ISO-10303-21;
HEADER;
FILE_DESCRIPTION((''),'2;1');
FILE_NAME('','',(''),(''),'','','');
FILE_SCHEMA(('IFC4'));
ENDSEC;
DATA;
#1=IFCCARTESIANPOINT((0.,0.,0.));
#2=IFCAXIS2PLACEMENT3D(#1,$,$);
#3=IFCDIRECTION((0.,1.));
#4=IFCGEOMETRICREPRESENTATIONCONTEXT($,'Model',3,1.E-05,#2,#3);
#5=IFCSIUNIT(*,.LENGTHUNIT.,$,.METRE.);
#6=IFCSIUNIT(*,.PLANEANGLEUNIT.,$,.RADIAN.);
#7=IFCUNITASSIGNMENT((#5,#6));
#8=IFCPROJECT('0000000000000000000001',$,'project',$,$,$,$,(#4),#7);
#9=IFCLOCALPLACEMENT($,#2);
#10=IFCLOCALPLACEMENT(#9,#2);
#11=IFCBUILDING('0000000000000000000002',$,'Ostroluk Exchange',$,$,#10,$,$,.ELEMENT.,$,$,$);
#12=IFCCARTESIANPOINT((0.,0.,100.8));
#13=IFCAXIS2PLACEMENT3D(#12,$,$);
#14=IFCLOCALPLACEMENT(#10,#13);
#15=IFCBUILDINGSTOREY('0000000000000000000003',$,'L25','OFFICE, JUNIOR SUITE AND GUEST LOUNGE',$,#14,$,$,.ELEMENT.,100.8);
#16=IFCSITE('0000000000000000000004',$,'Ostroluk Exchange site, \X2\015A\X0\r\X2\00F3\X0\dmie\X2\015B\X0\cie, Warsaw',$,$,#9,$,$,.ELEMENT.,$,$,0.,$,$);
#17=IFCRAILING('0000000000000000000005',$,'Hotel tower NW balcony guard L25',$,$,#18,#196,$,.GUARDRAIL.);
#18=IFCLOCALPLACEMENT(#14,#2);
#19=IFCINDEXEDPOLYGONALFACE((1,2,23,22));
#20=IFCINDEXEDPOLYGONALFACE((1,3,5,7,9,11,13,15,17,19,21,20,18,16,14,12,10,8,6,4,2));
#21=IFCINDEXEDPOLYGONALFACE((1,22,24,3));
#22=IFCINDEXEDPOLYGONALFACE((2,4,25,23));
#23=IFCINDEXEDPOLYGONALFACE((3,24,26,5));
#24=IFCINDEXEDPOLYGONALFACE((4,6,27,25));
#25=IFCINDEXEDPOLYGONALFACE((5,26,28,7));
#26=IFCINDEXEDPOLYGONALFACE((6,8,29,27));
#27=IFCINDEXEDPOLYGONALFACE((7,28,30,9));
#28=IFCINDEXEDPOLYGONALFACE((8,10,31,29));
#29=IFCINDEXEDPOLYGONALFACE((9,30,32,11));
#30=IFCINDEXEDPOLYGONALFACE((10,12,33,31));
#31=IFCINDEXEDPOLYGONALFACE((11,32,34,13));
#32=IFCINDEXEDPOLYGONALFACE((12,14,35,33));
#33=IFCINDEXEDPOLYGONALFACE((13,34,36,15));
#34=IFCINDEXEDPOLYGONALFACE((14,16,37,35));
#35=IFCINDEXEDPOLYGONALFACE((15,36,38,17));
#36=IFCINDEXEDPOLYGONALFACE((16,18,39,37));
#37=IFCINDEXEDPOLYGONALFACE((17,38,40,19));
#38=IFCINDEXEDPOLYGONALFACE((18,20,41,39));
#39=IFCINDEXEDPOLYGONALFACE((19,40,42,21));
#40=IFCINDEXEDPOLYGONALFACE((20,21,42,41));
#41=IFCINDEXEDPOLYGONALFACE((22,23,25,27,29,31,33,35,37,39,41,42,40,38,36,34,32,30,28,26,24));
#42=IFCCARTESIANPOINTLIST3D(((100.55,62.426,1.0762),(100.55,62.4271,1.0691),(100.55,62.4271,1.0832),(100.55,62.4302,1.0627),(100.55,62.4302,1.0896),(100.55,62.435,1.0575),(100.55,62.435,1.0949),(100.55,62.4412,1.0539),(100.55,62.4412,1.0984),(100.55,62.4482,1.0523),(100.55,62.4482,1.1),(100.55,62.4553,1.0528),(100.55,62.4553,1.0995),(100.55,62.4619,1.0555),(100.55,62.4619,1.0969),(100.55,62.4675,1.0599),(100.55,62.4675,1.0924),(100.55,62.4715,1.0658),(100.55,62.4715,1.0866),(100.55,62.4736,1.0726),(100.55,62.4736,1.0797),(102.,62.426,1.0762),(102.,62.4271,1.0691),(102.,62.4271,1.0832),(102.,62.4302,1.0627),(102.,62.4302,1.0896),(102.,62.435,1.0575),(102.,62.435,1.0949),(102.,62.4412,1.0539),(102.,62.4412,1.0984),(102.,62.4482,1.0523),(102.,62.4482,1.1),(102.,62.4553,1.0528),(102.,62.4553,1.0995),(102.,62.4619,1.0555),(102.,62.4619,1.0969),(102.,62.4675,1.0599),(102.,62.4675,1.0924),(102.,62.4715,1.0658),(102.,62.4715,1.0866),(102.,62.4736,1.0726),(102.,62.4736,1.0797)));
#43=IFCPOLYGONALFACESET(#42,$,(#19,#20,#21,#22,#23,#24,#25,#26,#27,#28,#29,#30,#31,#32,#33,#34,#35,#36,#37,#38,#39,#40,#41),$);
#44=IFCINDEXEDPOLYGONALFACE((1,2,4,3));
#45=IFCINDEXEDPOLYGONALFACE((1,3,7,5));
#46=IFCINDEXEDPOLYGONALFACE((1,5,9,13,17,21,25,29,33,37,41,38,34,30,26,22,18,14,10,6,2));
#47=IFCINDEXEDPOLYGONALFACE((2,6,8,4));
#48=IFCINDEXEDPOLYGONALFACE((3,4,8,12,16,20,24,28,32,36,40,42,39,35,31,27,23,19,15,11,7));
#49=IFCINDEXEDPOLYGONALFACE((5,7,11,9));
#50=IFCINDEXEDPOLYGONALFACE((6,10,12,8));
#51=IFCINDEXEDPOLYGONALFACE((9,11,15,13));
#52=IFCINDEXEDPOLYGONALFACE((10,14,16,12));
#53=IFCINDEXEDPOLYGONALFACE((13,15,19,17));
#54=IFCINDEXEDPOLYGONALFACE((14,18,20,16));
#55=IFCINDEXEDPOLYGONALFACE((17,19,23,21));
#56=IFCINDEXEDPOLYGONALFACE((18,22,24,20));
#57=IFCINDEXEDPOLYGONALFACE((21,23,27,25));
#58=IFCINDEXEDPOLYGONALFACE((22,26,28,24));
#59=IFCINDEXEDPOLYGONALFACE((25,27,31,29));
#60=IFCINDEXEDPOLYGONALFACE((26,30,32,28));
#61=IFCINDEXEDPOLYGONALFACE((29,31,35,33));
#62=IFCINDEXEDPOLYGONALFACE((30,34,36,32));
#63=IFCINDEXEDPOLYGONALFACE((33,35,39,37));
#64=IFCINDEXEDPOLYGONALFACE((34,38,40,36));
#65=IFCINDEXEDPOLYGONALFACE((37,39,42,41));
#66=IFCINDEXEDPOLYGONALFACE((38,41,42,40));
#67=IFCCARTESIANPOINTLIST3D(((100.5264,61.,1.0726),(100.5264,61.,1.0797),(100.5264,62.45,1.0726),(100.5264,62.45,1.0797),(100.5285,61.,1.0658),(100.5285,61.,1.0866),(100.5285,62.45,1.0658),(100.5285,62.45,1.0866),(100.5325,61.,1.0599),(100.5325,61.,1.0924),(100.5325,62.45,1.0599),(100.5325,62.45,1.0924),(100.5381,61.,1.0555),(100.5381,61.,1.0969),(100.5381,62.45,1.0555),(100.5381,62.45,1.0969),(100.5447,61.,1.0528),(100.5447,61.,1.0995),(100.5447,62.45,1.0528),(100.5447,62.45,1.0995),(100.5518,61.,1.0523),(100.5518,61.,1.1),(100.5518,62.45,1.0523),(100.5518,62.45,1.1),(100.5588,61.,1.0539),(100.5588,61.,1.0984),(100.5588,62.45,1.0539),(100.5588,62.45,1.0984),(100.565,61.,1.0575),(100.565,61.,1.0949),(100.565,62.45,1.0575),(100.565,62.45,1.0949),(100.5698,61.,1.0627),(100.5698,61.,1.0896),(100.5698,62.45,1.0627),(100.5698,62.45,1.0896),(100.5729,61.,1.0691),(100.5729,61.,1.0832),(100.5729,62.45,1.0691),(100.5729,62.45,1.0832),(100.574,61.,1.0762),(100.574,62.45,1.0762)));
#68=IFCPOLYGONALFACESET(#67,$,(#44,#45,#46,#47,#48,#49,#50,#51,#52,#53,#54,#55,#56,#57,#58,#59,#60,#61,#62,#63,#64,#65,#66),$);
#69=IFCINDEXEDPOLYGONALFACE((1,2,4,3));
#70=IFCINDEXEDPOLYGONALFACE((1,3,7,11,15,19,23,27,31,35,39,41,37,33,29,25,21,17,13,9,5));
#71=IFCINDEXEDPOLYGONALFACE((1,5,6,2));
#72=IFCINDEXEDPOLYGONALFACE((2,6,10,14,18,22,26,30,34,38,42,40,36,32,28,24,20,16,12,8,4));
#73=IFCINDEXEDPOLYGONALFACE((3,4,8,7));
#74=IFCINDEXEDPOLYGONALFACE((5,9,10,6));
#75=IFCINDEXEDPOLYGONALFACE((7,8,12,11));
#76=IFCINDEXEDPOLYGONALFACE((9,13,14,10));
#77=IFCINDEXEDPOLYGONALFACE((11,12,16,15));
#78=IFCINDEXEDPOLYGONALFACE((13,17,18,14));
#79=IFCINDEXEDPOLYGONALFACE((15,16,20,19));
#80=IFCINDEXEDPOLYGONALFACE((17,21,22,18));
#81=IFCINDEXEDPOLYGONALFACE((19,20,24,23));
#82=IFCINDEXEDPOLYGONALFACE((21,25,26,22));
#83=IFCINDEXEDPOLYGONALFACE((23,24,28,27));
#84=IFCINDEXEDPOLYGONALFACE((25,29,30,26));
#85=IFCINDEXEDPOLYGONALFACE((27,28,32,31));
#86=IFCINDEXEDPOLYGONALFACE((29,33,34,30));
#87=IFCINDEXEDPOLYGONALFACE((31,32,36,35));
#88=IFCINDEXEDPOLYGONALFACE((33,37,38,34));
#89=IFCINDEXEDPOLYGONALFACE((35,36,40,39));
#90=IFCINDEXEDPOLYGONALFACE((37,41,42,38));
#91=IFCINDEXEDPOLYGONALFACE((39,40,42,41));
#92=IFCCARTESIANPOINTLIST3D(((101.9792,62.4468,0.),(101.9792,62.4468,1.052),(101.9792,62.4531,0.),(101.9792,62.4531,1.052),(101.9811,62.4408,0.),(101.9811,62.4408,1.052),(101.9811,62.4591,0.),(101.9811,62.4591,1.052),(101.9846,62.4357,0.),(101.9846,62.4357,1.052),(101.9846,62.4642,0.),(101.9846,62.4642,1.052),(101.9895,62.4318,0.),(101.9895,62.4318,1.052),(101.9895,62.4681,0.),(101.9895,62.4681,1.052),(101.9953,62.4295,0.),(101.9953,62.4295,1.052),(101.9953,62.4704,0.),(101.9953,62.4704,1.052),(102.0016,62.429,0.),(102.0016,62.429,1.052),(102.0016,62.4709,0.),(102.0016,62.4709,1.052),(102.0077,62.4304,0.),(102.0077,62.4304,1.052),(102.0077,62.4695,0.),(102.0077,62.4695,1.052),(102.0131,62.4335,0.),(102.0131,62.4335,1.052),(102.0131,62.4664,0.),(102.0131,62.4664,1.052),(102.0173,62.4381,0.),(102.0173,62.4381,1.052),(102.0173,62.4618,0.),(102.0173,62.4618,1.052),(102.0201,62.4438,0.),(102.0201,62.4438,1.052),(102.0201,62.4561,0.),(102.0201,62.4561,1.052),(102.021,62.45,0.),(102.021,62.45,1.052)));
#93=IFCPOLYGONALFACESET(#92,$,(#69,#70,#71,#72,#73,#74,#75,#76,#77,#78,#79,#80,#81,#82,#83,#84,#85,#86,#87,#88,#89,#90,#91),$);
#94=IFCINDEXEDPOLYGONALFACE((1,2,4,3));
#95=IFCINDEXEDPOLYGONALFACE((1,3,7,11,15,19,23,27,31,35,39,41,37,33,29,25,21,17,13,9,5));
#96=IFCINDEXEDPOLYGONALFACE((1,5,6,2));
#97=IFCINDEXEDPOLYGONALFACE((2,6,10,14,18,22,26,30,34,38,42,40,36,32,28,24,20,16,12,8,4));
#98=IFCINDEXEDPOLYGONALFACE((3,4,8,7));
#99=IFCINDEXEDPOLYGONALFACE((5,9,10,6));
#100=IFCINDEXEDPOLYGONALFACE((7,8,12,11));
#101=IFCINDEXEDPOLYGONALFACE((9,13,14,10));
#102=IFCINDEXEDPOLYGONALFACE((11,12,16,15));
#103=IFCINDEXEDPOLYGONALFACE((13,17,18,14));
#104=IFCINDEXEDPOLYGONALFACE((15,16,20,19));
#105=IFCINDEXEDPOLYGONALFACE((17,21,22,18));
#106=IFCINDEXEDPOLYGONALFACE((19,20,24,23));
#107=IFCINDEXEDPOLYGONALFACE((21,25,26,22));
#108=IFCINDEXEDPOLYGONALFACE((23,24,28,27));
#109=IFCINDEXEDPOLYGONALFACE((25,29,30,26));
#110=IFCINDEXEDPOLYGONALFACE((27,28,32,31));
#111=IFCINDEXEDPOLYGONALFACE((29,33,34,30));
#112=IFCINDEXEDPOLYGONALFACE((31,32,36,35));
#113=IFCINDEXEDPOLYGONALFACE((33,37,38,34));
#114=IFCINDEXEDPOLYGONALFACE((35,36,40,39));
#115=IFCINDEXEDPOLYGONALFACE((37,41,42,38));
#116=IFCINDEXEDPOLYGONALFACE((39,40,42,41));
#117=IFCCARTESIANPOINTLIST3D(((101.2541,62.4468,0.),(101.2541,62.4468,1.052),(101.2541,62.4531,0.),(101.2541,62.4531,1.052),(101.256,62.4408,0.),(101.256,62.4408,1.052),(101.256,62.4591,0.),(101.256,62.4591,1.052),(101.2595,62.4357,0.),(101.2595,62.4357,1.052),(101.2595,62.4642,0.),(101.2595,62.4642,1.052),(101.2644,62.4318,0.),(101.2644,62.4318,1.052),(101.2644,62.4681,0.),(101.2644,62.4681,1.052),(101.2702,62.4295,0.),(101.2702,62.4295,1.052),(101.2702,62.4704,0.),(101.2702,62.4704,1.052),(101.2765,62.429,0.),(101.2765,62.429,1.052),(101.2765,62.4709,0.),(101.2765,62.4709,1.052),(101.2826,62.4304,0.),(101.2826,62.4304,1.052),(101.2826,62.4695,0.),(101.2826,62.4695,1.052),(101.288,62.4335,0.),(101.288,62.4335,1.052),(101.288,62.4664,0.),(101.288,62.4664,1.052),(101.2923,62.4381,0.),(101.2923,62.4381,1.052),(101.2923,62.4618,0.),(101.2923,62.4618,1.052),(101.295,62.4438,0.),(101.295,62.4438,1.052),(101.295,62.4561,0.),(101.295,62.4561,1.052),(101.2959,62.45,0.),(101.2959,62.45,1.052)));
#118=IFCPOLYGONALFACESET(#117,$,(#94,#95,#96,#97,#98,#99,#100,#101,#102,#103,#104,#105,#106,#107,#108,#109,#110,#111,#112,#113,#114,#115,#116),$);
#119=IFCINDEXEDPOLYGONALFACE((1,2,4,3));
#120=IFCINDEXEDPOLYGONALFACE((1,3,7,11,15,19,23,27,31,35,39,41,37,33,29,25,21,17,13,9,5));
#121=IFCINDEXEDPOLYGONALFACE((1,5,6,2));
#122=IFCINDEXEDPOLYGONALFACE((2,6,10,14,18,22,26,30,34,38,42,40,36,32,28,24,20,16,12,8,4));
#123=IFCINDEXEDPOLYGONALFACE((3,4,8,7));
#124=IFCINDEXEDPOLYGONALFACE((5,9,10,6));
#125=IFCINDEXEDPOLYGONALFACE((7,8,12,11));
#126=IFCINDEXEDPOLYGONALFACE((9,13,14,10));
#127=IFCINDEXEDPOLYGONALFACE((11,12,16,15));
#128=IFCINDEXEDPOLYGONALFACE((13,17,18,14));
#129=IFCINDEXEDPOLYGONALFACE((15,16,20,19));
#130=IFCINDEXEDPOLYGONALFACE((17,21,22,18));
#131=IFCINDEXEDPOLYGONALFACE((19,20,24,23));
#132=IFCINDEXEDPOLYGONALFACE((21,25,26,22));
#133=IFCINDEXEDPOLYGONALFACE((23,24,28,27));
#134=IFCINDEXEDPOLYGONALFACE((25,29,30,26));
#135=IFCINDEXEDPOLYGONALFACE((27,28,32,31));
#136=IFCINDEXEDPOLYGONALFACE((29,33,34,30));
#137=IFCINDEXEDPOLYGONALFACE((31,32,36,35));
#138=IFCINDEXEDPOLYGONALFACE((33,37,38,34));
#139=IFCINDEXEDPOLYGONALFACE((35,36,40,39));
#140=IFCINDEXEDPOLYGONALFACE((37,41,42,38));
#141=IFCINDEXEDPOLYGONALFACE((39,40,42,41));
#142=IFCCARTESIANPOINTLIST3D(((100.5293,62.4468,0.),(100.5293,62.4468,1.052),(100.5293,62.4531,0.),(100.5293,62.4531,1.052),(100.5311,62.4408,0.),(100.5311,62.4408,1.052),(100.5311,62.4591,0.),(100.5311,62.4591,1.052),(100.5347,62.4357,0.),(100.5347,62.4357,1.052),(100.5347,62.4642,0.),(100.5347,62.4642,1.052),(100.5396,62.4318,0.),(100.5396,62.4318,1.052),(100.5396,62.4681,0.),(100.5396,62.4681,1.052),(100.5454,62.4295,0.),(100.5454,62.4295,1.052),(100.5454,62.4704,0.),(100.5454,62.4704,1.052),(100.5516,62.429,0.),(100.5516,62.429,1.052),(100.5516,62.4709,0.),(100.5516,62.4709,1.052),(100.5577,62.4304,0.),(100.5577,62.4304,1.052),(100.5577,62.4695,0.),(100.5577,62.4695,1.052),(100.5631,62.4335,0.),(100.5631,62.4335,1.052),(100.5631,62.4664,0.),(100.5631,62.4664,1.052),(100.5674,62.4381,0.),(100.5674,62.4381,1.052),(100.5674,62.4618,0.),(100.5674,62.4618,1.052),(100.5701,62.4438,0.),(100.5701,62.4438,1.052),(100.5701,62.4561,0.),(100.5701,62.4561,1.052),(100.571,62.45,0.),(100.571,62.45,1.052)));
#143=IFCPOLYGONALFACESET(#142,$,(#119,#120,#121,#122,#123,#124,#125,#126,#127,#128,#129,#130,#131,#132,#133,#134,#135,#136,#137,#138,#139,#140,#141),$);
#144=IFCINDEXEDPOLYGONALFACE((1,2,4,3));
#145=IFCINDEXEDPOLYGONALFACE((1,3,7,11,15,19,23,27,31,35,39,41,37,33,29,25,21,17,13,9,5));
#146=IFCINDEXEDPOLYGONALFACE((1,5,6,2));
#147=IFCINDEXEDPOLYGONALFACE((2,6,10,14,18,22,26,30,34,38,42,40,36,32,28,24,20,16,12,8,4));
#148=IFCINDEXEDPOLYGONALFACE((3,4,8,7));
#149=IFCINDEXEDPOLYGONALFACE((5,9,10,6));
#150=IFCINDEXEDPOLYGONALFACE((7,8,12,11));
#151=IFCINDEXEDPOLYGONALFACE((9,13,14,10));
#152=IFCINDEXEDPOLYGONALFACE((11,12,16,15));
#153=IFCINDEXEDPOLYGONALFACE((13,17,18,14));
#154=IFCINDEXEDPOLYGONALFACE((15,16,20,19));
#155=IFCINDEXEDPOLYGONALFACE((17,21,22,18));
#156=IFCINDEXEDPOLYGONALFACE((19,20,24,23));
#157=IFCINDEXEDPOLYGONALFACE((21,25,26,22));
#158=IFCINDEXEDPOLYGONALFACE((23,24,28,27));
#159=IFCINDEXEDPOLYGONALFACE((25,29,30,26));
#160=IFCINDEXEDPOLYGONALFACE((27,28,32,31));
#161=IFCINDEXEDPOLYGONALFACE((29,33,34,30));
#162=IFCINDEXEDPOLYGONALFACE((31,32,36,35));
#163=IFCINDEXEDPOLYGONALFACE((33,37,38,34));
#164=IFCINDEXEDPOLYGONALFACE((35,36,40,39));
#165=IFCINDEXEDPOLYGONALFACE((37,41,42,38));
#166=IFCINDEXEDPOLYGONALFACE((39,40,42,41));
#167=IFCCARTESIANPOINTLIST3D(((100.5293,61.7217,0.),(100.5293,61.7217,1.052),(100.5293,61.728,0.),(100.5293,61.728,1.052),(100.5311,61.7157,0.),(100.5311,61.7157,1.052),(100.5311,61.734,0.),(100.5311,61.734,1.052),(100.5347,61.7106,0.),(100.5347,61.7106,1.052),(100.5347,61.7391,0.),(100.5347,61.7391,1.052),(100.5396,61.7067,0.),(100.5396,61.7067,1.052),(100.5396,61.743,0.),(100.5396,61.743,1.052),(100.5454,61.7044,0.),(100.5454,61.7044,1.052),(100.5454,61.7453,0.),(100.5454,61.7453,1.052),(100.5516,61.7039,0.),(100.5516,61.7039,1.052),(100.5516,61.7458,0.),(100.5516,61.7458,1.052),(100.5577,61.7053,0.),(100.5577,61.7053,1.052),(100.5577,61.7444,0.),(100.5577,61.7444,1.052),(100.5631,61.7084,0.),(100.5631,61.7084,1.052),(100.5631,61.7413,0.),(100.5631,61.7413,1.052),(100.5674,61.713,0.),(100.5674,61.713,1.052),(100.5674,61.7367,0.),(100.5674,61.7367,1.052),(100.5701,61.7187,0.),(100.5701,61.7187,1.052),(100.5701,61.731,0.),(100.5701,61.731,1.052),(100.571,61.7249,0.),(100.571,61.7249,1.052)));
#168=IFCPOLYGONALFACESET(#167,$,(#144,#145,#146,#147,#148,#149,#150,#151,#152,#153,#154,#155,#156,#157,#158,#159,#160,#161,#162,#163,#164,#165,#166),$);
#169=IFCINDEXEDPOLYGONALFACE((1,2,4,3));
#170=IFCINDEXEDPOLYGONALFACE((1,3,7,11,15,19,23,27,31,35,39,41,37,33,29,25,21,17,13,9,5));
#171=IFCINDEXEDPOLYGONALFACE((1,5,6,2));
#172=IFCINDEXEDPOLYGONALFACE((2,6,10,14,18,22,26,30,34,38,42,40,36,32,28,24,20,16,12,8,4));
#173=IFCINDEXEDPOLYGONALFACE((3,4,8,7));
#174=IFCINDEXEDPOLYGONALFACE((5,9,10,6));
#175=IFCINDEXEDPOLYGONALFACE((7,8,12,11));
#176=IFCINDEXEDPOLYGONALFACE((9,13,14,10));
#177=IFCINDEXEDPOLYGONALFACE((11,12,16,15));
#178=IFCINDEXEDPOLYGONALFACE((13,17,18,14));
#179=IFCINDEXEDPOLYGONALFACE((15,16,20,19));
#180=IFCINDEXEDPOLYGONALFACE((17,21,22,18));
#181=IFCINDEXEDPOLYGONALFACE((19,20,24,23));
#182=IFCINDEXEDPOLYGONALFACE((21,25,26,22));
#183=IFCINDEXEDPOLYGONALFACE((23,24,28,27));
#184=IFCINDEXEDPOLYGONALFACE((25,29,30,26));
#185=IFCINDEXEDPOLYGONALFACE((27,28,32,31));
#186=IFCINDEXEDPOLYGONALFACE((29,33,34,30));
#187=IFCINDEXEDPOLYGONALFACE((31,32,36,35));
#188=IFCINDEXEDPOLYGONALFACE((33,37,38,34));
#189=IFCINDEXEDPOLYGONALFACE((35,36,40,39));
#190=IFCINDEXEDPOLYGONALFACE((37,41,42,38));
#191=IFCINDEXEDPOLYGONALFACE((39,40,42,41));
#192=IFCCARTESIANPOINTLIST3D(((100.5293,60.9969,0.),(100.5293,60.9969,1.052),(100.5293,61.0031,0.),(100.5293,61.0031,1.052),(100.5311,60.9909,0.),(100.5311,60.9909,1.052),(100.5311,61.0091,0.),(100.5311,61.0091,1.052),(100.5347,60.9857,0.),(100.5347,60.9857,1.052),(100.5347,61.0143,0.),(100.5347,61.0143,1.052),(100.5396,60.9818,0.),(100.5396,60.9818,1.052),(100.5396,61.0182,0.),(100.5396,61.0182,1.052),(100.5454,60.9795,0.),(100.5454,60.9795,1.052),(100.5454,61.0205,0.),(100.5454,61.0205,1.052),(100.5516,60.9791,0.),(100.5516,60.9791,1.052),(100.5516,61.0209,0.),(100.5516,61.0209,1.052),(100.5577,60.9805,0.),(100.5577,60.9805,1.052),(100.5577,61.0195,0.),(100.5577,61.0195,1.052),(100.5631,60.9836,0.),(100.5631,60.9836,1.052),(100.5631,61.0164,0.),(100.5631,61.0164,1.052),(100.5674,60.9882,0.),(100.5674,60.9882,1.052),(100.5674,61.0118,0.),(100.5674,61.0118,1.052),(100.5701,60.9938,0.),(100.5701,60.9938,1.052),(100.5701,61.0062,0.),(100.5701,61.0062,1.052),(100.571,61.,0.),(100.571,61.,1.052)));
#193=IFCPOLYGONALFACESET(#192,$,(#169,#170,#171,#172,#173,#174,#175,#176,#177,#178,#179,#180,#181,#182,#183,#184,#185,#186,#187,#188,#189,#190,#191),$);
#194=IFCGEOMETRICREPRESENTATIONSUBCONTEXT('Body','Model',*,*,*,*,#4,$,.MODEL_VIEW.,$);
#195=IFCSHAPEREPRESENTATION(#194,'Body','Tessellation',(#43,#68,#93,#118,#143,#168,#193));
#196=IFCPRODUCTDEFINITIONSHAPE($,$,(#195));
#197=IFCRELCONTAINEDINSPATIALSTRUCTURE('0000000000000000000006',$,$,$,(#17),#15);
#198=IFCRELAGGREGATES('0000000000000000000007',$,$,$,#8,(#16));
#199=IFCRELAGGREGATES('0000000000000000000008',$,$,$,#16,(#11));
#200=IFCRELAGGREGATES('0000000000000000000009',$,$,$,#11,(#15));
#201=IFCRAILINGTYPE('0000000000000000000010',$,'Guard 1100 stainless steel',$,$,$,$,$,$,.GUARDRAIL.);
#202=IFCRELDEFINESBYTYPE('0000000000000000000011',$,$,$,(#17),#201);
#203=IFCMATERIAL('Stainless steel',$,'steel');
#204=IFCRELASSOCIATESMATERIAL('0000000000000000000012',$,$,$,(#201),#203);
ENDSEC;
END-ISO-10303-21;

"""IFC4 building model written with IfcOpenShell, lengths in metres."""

from ifc_helpers import new_model, si_unit, direction, frame, origin, origin_2d, place, context, subcontext, project, spatial, circle, extrude, material, type_object, element, save


model = new_model("IFC4")

# Units and contexts
model_context = context("Model", 3, precision=1e-05, world=origin(), true_north=direction((0.0, 1.0)))
body_context = subcontext(model_context, "Body", "Model", "MODEL_VIEW")
ifc_project = project(units=[si_unit("LENGTHUNIT", "METRE"), si_unit("PLANEANGLEUNIT", "RADIAN")], contexts=[model_context])

# Site, building, storey
site_placement = place(None, origin())
site = spatial("IfcSite", under=ifc_project, at=site_placement, Name="Ostroluk Exchange site, Śródmieście, Warsaw", CompositionType="ELEMENT", RefElevation=0.0)
building_placement = place(site_placement, origin())
building = spatial("IfcBuilding", under=site, at=building_placement, Name="Ostroluk Exchange", CompositionType="ELEMENT")
storey_placement = place(building_placement, frame((0.0, 0.0, 100.8)))
storey = spatial("IfcBuildingStorey", under=building, at=storey_placement, Name="L25", Description="OFFICE, JUNIOR SUITE AND GUEST LOUNGE", CompositionType="ELEMENT", Elevation=100.8)

# Railing
ifc_material_1 = material(Name="Stainless steel", Category="steel")
railing_type_1 = type_object("IfcRailingType", Name="Guard 1100 stainless steel", PredefinedType="GUARDRAIL", material=ifc_material_1)
railing_1_placement = place(storey_placement, frame((102.0, 62.45, 0.0)))
element("IfcRailing", 1, at=railing_1_placement, inside=storey, type_object=railing_type_1, Name="Hotel tower NW balcony guard L25", PredefinedType="GUARDRAIL", context=body_context, shape_type="SweptSolid", body=[
    extrude(circle(Radius=0.0239, at=origin_2d()), frame((0.0, 0.0, 1.0762), z_axis=(-1.0, 0.0, 0.0), x_axis=(0.0, -1.0, 0.0)), (0.0, 0.0, 1.0), 1.45),
    extrude(circle(Radius=0.0239, at=origin_2d()), frame((-1.45, 0.0, 1.0762), z_axis=(0.0, -1.0, 0.0), x_axis=(1.0, 0.0, 0.0)), (0.0, 0.0, 1.0), 1.45),
    extrude(circle(Radius=0.021, at=origin_2d()), origin(), (0.0, 0.0, 1.0), 1.052),
    extrude(circle(Radius=0.021, at=origin_2d()), frame((-0.7251, 0.0, 0.0)), (0.0, 0.0, 1.0), 1.052),
    extrude(circle(Radius=0.021, at=origin_2d()), frame((-1.45, 0.0, 0.0)), (0.0, 0.0, 1.0), 1.052),
    extrude(circle(Radius=0.021, at=origin_2d()), frame((-1.45, -0.7251, 0.0)), (0.0, 0.0, 1.0), 1.052),
    extrude(circle(Radius=0.021, at=origin_2d()), frame((-1.45, -1.45, 0.0)), (0.0, 0.0, 1.0), 1.052),
])

save(model, "model.ifc")
